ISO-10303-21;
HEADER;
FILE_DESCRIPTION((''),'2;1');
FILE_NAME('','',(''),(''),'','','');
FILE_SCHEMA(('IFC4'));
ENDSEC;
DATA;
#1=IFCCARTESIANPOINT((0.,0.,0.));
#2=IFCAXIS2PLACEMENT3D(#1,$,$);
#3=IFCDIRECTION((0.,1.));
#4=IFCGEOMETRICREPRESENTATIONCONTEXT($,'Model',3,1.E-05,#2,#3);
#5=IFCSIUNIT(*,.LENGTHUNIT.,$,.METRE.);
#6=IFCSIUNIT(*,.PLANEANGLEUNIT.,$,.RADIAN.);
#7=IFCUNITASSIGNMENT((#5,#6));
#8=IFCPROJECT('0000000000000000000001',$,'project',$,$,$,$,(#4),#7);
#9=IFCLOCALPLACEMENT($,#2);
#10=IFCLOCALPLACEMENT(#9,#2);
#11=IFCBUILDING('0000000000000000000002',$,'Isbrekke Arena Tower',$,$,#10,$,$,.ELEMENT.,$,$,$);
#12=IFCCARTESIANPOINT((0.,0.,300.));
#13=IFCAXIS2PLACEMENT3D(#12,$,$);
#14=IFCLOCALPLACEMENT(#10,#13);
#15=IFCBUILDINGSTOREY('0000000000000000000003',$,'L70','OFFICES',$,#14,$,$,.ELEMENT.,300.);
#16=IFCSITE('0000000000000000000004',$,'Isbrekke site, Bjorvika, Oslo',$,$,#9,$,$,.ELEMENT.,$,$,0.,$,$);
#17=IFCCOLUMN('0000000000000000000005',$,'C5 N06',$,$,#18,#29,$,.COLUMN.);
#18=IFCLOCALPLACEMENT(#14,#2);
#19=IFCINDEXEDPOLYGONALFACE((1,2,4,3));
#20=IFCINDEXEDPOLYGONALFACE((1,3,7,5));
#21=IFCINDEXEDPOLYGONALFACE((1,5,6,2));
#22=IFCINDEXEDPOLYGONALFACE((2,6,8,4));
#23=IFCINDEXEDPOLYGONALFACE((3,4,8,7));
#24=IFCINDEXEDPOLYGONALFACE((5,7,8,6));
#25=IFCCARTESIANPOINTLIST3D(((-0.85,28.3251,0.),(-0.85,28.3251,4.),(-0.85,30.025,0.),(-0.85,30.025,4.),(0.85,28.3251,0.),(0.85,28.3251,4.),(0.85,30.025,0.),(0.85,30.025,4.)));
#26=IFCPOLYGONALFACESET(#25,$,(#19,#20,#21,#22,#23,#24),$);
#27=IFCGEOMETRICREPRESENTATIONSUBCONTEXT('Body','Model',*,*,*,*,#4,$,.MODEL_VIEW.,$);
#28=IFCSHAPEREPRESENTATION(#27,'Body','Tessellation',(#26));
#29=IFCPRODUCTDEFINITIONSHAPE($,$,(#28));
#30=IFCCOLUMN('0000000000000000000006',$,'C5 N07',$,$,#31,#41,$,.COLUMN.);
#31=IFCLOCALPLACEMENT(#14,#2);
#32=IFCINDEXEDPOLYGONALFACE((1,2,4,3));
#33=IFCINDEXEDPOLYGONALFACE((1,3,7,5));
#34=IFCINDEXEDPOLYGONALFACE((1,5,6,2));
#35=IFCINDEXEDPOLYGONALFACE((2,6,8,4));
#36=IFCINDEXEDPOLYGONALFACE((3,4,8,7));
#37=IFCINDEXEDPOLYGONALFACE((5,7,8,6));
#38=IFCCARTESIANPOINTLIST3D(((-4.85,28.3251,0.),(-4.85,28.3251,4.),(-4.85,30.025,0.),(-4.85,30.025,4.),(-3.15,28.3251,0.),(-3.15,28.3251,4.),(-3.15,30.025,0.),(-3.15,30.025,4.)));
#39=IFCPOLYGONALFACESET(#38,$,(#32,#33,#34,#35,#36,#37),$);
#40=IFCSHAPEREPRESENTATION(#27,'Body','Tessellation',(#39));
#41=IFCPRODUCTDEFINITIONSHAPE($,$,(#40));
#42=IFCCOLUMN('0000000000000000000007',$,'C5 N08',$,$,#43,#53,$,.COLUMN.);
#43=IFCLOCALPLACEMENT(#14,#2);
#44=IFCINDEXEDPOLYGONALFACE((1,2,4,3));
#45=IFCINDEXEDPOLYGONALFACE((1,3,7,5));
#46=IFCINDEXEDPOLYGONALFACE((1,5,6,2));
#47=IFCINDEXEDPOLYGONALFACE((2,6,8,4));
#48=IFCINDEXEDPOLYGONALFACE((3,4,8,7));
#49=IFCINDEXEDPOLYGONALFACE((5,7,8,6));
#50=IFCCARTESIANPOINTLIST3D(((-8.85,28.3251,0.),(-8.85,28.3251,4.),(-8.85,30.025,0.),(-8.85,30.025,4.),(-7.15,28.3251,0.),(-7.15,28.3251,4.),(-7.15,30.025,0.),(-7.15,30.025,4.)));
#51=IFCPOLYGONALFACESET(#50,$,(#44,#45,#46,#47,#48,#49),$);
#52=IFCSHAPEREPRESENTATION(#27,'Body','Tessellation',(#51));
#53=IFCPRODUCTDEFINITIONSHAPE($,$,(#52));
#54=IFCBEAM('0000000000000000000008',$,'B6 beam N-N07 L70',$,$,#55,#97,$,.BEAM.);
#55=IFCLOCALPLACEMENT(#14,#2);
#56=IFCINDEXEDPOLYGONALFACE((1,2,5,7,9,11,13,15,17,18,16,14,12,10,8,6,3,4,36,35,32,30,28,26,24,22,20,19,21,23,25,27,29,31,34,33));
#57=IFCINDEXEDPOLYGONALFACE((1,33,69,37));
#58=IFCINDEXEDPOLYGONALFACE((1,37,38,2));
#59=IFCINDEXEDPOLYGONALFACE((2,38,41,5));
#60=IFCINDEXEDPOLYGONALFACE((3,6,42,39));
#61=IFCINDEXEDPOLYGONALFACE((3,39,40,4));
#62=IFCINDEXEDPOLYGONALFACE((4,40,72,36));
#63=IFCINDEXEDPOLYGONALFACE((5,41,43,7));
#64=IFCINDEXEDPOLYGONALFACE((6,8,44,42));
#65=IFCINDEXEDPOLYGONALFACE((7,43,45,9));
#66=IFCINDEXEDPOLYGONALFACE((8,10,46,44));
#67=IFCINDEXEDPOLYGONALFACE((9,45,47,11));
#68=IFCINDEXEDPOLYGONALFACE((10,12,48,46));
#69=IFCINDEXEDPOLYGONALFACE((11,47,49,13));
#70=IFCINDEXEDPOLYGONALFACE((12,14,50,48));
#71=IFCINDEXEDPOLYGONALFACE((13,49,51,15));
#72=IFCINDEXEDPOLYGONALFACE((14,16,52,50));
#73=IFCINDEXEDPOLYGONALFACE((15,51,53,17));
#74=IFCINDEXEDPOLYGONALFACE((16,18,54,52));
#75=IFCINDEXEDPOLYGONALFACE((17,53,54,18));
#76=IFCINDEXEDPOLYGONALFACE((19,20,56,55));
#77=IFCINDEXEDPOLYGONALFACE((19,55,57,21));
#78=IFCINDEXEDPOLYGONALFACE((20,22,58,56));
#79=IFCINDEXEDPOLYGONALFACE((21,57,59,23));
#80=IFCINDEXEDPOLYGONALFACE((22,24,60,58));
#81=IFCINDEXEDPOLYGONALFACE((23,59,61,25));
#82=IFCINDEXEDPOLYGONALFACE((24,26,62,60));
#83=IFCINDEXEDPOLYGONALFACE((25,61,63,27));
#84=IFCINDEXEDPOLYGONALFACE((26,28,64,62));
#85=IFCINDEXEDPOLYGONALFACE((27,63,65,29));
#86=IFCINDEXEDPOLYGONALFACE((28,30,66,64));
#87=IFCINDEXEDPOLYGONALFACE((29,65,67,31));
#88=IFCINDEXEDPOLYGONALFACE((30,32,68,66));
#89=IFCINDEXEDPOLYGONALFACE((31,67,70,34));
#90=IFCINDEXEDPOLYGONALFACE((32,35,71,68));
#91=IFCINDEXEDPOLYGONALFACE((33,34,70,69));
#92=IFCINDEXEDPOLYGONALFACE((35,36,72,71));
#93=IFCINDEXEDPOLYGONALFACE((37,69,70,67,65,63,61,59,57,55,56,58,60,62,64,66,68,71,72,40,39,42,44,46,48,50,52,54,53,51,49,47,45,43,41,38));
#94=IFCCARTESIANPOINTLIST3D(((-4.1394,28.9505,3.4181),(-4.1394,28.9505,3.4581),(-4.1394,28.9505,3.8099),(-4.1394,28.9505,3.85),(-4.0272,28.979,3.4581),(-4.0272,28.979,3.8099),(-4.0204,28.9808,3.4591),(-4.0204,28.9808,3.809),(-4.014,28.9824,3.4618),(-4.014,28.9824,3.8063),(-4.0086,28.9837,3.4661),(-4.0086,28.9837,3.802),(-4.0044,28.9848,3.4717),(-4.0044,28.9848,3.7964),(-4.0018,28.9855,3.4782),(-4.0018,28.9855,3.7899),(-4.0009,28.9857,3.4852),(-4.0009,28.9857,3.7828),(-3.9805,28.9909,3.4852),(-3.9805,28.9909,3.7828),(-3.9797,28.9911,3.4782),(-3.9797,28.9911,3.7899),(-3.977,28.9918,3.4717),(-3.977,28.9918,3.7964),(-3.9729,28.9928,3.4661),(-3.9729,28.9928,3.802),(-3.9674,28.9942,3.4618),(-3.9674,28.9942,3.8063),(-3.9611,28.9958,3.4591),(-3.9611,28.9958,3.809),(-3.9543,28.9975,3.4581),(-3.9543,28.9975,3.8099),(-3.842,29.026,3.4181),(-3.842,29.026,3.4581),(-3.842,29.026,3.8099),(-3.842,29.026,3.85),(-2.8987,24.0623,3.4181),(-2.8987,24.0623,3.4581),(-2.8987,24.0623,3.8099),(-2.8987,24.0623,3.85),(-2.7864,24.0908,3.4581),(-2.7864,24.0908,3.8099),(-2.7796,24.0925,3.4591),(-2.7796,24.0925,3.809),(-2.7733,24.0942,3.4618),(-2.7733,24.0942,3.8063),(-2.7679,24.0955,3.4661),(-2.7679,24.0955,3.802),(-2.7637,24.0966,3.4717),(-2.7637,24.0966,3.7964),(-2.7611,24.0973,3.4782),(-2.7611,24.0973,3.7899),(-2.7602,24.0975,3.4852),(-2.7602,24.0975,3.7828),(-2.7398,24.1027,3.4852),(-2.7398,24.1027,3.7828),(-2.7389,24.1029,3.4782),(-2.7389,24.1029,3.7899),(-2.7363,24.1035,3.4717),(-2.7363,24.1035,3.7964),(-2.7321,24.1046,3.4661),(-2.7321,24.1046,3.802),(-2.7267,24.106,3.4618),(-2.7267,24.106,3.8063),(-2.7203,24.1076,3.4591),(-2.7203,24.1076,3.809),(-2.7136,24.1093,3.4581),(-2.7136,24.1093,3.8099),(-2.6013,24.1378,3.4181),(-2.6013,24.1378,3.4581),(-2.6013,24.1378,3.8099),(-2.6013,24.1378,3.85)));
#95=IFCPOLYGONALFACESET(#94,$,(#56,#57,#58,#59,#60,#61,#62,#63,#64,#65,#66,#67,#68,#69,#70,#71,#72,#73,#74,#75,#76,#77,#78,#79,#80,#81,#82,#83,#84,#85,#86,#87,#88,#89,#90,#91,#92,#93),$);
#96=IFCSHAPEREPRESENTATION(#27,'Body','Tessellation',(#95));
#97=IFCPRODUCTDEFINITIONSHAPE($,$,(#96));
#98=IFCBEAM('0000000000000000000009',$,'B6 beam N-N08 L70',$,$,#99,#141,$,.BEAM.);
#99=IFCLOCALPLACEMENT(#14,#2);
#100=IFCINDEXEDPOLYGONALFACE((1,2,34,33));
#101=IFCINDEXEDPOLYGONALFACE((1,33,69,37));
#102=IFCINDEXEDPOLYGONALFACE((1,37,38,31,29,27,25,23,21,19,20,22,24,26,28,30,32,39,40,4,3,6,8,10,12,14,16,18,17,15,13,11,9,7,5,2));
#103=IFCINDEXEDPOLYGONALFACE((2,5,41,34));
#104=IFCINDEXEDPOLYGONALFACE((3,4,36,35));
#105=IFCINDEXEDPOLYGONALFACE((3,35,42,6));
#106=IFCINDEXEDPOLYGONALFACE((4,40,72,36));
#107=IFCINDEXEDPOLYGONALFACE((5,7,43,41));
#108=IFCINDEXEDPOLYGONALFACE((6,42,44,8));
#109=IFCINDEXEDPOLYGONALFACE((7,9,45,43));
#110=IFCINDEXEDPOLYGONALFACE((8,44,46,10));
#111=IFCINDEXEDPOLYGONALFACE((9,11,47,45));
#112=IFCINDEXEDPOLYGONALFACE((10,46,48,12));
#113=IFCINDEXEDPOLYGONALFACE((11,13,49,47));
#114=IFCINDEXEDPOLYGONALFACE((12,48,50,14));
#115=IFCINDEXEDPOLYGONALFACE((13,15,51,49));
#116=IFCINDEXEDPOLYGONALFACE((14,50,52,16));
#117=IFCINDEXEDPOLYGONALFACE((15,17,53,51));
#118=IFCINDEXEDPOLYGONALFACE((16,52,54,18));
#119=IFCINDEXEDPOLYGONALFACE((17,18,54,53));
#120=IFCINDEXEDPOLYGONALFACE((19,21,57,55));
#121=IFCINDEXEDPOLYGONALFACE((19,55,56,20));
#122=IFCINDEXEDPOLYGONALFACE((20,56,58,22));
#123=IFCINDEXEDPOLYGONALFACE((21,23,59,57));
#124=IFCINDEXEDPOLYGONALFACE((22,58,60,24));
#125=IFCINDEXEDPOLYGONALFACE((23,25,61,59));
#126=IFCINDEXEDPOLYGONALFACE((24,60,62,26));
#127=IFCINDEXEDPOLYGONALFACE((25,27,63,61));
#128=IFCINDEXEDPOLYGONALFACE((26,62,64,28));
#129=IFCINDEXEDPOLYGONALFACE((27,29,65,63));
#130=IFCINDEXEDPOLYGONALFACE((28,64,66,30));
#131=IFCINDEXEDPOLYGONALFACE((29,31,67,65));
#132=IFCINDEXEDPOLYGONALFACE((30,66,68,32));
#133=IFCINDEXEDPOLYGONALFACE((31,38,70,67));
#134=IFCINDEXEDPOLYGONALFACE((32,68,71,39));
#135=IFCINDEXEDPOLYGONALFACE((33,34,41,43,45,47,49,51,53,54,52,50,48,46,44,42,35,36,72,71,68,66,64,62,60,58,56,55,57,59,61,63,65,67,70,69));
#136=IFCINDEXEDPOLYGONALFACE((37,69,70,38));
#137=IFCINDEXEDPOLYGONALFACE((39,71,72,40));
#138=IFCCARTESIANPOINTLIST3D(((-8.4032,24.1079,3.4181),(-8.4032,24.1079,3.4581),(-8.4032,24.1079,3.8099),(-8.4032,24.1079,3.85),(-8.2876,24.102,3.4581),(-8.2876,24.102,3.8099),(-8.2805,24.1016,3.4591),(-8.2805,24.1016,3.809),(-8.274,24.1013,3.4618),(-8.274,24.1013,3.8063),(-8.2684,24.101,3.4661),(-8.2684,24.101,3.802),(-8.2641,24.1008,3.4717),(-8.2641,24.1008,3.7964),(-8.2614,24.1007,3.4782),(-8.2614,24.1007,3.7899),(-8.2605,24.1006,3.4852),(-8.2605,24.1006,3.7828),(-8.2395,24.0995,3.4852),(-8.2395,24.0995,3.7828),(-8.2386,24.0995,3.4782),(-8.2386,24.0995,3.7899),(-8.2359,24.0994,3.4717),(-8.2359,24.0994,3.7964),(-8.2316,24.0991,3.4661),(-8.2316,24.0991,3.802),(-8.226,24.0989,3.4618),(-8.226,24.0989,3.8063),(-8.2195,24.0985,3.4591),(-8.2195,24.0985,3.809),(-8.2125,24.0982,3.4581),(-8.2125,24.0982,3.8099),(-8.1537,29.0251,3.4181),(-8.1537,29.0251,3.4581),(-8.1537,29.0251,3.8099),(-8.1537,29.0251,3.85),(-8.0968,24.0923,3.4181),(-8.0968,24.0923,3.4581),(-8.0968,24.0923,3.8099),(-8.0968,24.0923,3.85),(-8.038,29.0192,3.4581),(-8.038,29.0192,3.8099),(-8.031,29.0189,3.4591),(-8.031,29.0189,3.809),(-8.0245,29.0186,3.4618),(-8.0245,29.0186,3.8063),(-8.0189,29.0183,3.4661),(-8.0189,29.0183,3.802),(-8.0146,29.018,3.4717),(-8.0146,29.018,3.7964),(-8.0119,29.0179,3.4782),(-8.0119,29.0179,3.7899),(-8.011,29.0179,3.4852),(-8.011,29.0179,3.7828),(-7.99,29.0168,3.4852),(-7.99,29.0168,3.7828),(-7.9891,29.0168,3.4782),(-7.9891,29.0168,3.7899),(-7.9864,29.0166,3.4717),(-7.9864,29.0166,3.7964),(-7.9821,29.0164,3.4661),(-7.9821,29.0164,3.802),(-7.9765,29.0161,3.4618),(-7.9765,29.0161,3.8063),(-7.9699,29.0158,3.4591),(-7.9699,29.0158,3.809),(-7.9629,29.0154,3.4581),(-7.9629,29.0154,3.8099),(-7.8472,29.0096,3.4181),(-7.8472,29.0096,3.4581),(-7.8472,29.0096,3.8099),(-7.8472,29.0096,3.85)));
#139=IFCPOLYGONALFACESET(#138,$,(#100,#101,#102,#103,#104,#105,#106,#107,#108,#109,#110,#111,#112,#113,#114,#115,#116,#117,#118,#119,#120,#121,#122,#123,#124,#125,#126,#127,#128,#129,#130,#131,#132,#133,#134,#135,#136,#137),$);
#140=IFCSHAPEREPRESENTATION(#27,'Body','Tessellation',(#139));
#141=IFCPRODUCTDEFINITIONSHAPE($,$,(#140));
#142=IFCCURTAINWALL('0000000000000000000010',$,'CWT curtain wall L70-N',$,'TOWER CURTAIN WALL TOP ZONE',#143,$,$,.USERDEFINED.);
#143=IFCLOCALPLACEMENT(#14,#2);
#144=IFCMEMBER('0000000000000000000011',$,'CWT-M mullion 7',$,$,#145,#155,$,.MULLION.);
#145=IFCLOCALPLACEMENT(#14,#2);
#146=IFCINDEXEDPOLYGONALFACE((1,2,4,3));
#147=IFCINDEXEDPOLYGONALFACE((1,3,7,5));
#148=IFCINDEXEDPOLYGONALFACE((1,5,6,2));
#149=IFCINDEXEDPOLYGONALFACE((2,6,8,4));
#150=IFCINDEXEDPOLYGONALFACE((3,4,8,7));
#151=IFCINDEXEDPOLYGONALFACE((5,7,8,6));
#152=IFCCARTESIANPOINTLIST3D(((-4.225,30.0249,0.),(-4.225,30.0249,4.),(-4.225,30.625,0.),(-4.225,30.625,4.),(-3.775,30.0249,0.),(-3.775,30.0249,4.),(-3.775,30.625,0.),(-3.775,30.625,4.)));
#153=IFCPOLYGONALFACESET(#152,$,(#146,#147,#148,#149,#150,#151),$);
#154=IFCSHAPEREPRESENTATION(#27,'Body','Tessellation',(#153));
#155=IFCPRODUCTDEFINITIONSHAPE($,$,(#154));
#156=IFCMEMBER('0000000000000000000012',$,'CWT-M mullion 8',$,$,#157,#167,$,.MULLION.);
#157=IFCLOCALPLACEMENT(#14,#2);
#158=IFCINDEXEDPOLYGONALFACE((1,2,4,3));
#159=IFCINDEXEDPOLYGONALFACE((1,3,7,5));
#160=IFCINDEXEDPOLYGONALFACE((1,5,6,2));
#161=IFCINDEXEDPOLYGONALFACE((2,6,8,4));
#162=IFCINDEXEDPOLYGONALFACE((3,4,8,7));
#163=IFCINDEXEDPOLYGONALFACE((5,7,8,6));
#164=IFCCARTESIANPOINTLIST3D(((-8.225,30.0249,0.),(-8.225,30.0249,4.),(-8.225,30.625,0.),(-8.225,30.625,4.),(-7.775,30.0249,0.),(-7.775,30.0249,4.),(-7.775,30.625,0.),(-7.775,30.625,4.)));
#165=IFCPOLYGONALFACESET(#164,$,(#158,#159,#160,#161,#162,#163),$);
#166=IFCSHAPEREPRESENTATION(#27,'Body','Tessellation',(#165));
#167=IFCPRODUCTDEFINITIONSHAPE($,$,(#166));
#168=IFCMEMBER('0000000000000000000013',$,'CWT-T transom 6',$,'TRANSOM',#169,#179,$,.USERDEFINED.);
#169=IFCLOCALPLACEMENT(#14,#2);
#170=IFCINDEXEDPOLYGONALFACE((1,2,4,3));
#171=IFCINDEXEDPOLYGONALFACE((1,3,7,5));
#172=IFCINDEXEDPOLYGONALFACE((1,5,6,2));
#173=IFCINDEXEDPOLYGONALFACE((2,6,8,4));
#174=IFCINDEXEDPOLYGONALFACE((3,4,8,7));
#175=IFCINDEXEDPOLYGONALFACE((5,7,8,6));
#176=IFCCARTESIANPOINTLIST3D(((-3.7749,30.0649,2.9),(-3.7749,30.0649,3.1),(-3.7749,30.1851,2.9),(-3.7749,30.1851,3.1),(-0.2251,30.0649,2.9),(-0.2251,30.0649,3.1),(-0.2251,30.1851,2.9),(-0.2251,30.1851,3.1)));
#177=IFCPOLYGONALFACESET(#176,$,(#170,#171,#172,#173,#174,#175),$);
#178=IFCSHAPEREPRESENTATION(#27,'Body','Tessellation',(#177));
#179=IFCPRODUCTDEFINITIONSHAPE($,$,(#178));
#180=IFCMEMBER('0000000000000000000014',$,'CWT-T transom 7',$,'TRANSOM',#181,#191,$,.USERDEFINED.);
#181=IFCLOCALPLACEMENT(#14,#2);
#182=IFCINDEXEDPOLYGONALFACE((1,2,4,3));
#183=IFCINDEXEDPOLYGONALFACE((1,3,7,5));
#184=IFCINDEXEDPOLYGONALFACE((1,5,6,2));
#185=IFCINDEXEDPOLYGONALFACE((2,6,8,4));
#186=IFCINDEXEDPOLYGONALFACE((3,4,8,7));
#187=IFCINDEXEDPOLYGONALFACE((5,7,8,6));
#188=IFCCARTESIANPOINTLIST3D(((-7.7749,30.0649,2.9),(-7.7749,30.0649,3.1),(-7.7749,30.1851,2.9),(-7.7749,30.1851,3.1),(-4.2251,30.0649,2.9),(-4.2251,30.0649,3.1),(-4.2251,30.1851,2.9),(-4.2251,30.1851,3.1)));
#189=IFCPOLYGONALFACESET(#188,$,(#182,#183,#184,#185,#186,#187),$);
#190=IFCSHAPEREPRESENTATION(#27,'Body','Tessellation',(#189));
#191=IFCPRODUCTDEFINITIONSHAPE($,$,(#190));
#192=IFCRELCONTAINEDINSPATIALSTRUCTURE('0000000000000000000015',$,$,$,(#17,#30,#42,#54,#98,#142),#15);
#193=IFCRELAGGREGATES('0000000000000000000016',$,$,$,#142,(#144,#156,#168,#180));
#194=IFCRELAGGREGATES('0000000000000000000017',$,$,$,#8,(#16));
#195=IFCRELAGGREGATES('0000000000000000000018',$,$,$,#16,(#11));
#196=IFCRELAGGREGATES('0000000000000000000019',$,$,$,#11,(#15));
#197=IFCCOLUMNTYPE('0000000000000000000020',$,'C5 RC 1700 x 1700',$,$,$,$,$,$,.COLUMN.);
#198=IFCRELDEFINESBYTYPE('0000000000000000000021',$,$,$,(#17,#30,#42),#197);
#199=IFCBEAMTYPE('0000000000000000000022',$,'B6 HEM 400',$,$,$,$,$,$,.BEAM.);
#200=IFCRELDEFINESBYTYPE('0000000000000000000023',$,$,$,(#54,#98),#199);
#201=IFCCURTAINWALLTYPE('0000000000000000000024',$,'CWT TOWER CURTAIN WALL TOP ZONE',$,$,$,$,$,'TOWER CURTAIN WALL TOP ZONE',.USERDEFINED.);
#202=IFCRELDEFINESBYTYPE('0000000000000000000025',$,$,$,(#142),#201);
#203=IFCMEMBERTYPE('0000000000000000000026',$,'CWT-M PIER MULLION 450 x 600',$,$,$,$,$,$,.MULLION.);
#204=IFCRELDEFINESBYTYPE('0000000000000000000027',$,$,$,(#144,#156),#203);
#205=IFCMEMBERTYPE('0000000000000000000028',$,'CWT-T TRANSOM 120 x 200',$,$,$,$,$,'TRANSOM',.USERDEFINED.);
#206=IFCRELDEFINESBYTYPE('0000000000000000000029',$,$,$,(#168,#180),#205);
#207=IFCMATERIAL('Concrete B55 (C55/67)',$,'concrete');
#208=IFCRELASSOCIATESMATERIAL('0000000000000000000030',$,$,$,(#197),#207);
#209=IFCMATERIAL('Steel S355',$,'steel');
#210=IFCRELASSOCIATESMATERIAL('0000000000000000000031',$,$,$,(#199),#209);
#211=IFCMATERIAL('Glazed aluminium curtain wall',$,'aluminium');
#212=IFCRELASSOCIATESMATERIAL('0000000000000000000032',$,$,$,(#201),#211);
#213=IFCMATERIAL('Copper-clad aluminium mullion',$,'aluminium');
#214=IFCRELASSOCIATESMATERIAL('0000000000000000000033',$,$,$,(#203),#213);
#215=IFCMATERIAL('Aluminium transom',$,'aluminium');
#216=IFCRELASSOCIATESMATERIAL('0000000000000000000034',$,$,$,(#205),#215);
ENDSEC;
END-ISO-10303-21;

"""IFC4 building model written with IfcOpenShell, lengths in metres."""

from ifc_helpers import new_model, si_unit, direction, frame, origin, origin_2d, place, context, subcontext, project, spatial, rectangle, i_section, extrude, material, material_profile, profile_set, type_object, element, aggregate, save


model = new_model("IFC4")

# Units and contexts
model_context = context("Model", 3, precision=1e-05, world=origin(), true_north=direction((0.0, 1.0)))
body_context = subcontext(model_context, "Body", "Model", "MODEL_VIEW")
ifc_project = project(units=[si_unit("LENGTHUNIT", "METRE"), si_unit("PLANEANGLEUNIT", "RADIAN")], contexts=[model_context])

# Site, building, storey
site_placement = place(None, origin())
site = spatial("IfcSite", under=ifc_project, at=site_placement, Name="Isbrekke site, Bjorvika, Oslo", CompositionType="ELEMENT", RefElevation=0.0)
building_placement = place(site_placement, origin())
building = spatial("IfcBuilding", under=site, at=building_placement, Name="Isbrekke Arena Tower", CompositionType="ELEMENT")
storey_placement = place(building_placement, frame((0.0, 0.0, 300.0)))
storey = spatial("IfcBuildingStorey", under=building, at=storey_placement, Name="L70", Description="OFFICES", CompositionType="ELEMENT", Elevation=300.0)

# Columns
ifc_material_1 = material(Name="Concrete B55 (C55/67)", Category="concrete")
ifc_material_profile_1 = material_profile(ifc_material_1, rectangle(XDim=1.7, YDim=1.7, at=origin_2d()), Name="RC 1700x1700")
ifc_profile_set_1 = profile_set([ifc_material_profile_1], Name="Concrete B55 (C55/67)")
column_type = type_object("IfcColumnType", Name="C5 RC 1700 x 1700", PredefinedType="COLUMN", material=ifc_profile_set_1)
for number, where, z_axis, x_axis, name in (
    (1, (0.0, 29.175, 0.0), (0.0, 0.0, 1.0), (-1.0, 0.0, 0.0), "C5 N06"),
    (2, (-4.0, 29.175, 0.0), (0.0, 0.0, 1.0), (-1.0, 0.0, 0.0), "C5 N07"),
    (3, (-8.0, 29.175, 0.0), (0.0, 0.0, 1.0), (-1.0, 0.0, 0.0), "C5 N08"),
):
    element("IfcColumn", number, at=place(storey_placement, frame(where, z_axis=z_axis, x_axis=x_axis)), inside=storey, type_object=column_type, Name=name, PredefinedType="COLUMN", context=body_context, shape_type="SweptSolid", body=[
        extrude(rectangle(XDim=1.7, YDim=1.7, at=origin_2d()), origin(), (0.0, 0.0, 1.0), 4.0),
    ])

# Beams
ifc_material_2 = material(Name="Steel S355", Category="steel")
ifc_material_profile_2 = material_profile(ifc_material_2, i_section(OverallWidth=0.3069, OverallDepth=0.4319, WebThickness=0.021, FlangeThickness=0.04, FilletRadius=0.0271, at=origin_2d()), Name="HEM 400")
ifc_profile_set_2 = profile_set([ifc_material_profile_2], Name="Steel S355")
beam_type_1 = type_object("IfcBeamType", Name="B6 HEM 400", PredefinedType="BEAM", material=ifc_profile_set_2)
beam_1_placement = place(storey_placement, frame((-3.9907, 28.9883, 3.634), z_axis=(0.24602, -0.969265, 0.0), x_axis=(0.969265, 0.24602, 0.0)))
element("IfcBeam", 4, at=beam_1_placement, inside=storey, type_object=beam_type_1, Name="B6 beam N-N07 L70", PredefinedType="BEAM", context=body_context, shape_type="SweptSolid", body=[
    extrude(i_section(OverallWidth=0.3069, OverallDepth=0.4319, WebThickness=0.021, FlangeThickness=0.04, FilletRadius=0.0271, at=origin_2d()), origin(), (0.0, 0.0, 1.0), 5.0432),
])
beam_2_placement = place(storey_placement, frame((-8.0005, 29.0173, 3.634), z_axis=(-0.050677, -0.998715, 0.0), x_axis=(0.998715, -0.050677, 0.0)))
element("IfcBeam", 5, at=beam_2_placement, inside=storey, type_object=beam_type_1, Name="B6 beam N-N08 L70", PredefinedType="BEAM", context=body_context, shape_type="SweptSolid", body=[
    extrude(i_section(OverallWidth=0.3069, OverallDepth=0.4319, WebThickness=0.021, FlangeThickness=0.04, FilletRadius=0.0271, at=origin_2d()), origin(), (0.0, 0.0, 1.0), 4.9236),
])

# Curtain wall, members
ifc_material_3 = material(Name="Glazed aluminium curtain wall", Category="aluminium")
curtain_wall_type = type_object("IfcCurtainWallType", Name="CWT TOWER CURTAIN WALL TOP ZONE", ElementType="TOWER CURTAIN WALL TOP ZONE", PredefinedType="USERDEFINED", material=ifc_material_3)
curtain_wall_placement = place(storey_placement, origin())
curtain_wall = element("IfcCurtainWall", 6, at=curtain_wall_placement, inside=storey, type_object=curtain_wall_type, Name="CWT curtain wall L70-N", ObjectType="TOWER CURTAIN WALL TOP ZONE", PredefinedType="USERDEFINED")
ifc_material_4 = material(Name="Copper-clad aluminium mullion", Category="aluminium")
ifc_material_profile_3 = material_profile(ifc_material_4, rectangle(XDim=0.45, YDim=0.6001, at=origin_2d()), Name="PIER 450X600")
ifc_profile_set_3 = profile_set([ifc_material_profile_3], Name="Copper-clad aluminium mullion")
member_type_1 = type_object("IfcMemberType", Name="CWT-M PIER MULLION 450 x 600", PredefinedType="MULLION", material=ifc_profile_set_3)
member_1_placement = place(storey_placement, frame((-4.0, 30.325, 0.0), z_axis=(0.0, 0.0, 1.0), x_axis=(-1.0, 0.0, 0.0)))
member_1 = element("IfcMember", 7, at=member_1_placement, type_object=member_type_1, Name="CWT-M mullion 7", PredefinedType="MULLION", context=body_context, shape_type="SweptSolid", body=[
    extrude(rectangle(XDim=0.45, YDim=0.6001, at=origin_2d()), origin(), (0.0, 0.0, 1.0), 4.0),
])
member_2_placement = place(storey_placement, frame((-8.0, 30.325, 0.0), z_axis=(0.0, 0.0, 1.0), x_axis=(-1.0, 0.0, 0.0)))
member_2 = element("IfcMember", 8, at=member_2_placement, type_object=member_type_1, Name="CWT-M mullion 8", PredefinedType="MULLION", context=body_context, shape_type="SweptSolid", body=[
    extrude(rectangle(XDim=0.45, YDim=0.6001, at=origin_2d()), origin(), (0.0, 0.0, 1.0), 4.0),
])
ifc_material_5 = material(Name="Aluminium transom", Category="aluminium")
ifc_material_profile_4 = material_profile(ifc_material_5, rectangle(XDim=0.1201, YDim=0.2, at=origin_2d()), Name="TRANSOM 120X200")
ifc_profile_set_4 = profile_set([ifc_material_profile_4], Name="Aluminium transom")
member_type_2 = type_object("IfcMemberType", Name="CWT-T TRANSOM 120 x 200", ElementType="TRANSOM", PredefinedType="USERDEFINED", material=ifc_profile_set_4)
member_3_placement = place(storey_placement, frame((-0.2251, 30.125, 3.0), z_axis=(-1.0, 0.0, 0.0), x_axis=(0.0, -1.0, 0.0)))
member_3 = element("IfcMember", 9, at=member_3_placement, type_object=member_type_2, Name="CWT-T transom 6", ObjectType="TRANSOM", PredefinedType="USERDEFINED", context=body_context, shape_type="SweptSolid", body=[
    extrude(rectangle(XDim=0.1201, YDim=0.2, at=origin_2d()), origin(), (0.0, 0.0, 1.0), 3.5498),
])
member_4_placement = place(storey_placement, frame((-4.2251, 30.125, 3.0), z_axis=(-1.0, 0.0, 0.0), x_axis=(0.0, -1.0, 0.0)))
member_4 = element("IfcMember", 10, at=member_4_placement, type_object=member_type_2, Name="CWT-T transom 7", ObjectType="TRANSOM", PredefinedType="USERDEFINED", context=body_context, shape_type="SweptSolid", body=[
    extrude(rectangle(XDim=0.1201, YDim=0.2, at=origin_2d()), origin(), (0.0, 0.0, 1.0), 3.5498),
])

aggregate(curtain_wall, [member_1, member_2, member_3, member_4])

save(model, "model.ifc")
